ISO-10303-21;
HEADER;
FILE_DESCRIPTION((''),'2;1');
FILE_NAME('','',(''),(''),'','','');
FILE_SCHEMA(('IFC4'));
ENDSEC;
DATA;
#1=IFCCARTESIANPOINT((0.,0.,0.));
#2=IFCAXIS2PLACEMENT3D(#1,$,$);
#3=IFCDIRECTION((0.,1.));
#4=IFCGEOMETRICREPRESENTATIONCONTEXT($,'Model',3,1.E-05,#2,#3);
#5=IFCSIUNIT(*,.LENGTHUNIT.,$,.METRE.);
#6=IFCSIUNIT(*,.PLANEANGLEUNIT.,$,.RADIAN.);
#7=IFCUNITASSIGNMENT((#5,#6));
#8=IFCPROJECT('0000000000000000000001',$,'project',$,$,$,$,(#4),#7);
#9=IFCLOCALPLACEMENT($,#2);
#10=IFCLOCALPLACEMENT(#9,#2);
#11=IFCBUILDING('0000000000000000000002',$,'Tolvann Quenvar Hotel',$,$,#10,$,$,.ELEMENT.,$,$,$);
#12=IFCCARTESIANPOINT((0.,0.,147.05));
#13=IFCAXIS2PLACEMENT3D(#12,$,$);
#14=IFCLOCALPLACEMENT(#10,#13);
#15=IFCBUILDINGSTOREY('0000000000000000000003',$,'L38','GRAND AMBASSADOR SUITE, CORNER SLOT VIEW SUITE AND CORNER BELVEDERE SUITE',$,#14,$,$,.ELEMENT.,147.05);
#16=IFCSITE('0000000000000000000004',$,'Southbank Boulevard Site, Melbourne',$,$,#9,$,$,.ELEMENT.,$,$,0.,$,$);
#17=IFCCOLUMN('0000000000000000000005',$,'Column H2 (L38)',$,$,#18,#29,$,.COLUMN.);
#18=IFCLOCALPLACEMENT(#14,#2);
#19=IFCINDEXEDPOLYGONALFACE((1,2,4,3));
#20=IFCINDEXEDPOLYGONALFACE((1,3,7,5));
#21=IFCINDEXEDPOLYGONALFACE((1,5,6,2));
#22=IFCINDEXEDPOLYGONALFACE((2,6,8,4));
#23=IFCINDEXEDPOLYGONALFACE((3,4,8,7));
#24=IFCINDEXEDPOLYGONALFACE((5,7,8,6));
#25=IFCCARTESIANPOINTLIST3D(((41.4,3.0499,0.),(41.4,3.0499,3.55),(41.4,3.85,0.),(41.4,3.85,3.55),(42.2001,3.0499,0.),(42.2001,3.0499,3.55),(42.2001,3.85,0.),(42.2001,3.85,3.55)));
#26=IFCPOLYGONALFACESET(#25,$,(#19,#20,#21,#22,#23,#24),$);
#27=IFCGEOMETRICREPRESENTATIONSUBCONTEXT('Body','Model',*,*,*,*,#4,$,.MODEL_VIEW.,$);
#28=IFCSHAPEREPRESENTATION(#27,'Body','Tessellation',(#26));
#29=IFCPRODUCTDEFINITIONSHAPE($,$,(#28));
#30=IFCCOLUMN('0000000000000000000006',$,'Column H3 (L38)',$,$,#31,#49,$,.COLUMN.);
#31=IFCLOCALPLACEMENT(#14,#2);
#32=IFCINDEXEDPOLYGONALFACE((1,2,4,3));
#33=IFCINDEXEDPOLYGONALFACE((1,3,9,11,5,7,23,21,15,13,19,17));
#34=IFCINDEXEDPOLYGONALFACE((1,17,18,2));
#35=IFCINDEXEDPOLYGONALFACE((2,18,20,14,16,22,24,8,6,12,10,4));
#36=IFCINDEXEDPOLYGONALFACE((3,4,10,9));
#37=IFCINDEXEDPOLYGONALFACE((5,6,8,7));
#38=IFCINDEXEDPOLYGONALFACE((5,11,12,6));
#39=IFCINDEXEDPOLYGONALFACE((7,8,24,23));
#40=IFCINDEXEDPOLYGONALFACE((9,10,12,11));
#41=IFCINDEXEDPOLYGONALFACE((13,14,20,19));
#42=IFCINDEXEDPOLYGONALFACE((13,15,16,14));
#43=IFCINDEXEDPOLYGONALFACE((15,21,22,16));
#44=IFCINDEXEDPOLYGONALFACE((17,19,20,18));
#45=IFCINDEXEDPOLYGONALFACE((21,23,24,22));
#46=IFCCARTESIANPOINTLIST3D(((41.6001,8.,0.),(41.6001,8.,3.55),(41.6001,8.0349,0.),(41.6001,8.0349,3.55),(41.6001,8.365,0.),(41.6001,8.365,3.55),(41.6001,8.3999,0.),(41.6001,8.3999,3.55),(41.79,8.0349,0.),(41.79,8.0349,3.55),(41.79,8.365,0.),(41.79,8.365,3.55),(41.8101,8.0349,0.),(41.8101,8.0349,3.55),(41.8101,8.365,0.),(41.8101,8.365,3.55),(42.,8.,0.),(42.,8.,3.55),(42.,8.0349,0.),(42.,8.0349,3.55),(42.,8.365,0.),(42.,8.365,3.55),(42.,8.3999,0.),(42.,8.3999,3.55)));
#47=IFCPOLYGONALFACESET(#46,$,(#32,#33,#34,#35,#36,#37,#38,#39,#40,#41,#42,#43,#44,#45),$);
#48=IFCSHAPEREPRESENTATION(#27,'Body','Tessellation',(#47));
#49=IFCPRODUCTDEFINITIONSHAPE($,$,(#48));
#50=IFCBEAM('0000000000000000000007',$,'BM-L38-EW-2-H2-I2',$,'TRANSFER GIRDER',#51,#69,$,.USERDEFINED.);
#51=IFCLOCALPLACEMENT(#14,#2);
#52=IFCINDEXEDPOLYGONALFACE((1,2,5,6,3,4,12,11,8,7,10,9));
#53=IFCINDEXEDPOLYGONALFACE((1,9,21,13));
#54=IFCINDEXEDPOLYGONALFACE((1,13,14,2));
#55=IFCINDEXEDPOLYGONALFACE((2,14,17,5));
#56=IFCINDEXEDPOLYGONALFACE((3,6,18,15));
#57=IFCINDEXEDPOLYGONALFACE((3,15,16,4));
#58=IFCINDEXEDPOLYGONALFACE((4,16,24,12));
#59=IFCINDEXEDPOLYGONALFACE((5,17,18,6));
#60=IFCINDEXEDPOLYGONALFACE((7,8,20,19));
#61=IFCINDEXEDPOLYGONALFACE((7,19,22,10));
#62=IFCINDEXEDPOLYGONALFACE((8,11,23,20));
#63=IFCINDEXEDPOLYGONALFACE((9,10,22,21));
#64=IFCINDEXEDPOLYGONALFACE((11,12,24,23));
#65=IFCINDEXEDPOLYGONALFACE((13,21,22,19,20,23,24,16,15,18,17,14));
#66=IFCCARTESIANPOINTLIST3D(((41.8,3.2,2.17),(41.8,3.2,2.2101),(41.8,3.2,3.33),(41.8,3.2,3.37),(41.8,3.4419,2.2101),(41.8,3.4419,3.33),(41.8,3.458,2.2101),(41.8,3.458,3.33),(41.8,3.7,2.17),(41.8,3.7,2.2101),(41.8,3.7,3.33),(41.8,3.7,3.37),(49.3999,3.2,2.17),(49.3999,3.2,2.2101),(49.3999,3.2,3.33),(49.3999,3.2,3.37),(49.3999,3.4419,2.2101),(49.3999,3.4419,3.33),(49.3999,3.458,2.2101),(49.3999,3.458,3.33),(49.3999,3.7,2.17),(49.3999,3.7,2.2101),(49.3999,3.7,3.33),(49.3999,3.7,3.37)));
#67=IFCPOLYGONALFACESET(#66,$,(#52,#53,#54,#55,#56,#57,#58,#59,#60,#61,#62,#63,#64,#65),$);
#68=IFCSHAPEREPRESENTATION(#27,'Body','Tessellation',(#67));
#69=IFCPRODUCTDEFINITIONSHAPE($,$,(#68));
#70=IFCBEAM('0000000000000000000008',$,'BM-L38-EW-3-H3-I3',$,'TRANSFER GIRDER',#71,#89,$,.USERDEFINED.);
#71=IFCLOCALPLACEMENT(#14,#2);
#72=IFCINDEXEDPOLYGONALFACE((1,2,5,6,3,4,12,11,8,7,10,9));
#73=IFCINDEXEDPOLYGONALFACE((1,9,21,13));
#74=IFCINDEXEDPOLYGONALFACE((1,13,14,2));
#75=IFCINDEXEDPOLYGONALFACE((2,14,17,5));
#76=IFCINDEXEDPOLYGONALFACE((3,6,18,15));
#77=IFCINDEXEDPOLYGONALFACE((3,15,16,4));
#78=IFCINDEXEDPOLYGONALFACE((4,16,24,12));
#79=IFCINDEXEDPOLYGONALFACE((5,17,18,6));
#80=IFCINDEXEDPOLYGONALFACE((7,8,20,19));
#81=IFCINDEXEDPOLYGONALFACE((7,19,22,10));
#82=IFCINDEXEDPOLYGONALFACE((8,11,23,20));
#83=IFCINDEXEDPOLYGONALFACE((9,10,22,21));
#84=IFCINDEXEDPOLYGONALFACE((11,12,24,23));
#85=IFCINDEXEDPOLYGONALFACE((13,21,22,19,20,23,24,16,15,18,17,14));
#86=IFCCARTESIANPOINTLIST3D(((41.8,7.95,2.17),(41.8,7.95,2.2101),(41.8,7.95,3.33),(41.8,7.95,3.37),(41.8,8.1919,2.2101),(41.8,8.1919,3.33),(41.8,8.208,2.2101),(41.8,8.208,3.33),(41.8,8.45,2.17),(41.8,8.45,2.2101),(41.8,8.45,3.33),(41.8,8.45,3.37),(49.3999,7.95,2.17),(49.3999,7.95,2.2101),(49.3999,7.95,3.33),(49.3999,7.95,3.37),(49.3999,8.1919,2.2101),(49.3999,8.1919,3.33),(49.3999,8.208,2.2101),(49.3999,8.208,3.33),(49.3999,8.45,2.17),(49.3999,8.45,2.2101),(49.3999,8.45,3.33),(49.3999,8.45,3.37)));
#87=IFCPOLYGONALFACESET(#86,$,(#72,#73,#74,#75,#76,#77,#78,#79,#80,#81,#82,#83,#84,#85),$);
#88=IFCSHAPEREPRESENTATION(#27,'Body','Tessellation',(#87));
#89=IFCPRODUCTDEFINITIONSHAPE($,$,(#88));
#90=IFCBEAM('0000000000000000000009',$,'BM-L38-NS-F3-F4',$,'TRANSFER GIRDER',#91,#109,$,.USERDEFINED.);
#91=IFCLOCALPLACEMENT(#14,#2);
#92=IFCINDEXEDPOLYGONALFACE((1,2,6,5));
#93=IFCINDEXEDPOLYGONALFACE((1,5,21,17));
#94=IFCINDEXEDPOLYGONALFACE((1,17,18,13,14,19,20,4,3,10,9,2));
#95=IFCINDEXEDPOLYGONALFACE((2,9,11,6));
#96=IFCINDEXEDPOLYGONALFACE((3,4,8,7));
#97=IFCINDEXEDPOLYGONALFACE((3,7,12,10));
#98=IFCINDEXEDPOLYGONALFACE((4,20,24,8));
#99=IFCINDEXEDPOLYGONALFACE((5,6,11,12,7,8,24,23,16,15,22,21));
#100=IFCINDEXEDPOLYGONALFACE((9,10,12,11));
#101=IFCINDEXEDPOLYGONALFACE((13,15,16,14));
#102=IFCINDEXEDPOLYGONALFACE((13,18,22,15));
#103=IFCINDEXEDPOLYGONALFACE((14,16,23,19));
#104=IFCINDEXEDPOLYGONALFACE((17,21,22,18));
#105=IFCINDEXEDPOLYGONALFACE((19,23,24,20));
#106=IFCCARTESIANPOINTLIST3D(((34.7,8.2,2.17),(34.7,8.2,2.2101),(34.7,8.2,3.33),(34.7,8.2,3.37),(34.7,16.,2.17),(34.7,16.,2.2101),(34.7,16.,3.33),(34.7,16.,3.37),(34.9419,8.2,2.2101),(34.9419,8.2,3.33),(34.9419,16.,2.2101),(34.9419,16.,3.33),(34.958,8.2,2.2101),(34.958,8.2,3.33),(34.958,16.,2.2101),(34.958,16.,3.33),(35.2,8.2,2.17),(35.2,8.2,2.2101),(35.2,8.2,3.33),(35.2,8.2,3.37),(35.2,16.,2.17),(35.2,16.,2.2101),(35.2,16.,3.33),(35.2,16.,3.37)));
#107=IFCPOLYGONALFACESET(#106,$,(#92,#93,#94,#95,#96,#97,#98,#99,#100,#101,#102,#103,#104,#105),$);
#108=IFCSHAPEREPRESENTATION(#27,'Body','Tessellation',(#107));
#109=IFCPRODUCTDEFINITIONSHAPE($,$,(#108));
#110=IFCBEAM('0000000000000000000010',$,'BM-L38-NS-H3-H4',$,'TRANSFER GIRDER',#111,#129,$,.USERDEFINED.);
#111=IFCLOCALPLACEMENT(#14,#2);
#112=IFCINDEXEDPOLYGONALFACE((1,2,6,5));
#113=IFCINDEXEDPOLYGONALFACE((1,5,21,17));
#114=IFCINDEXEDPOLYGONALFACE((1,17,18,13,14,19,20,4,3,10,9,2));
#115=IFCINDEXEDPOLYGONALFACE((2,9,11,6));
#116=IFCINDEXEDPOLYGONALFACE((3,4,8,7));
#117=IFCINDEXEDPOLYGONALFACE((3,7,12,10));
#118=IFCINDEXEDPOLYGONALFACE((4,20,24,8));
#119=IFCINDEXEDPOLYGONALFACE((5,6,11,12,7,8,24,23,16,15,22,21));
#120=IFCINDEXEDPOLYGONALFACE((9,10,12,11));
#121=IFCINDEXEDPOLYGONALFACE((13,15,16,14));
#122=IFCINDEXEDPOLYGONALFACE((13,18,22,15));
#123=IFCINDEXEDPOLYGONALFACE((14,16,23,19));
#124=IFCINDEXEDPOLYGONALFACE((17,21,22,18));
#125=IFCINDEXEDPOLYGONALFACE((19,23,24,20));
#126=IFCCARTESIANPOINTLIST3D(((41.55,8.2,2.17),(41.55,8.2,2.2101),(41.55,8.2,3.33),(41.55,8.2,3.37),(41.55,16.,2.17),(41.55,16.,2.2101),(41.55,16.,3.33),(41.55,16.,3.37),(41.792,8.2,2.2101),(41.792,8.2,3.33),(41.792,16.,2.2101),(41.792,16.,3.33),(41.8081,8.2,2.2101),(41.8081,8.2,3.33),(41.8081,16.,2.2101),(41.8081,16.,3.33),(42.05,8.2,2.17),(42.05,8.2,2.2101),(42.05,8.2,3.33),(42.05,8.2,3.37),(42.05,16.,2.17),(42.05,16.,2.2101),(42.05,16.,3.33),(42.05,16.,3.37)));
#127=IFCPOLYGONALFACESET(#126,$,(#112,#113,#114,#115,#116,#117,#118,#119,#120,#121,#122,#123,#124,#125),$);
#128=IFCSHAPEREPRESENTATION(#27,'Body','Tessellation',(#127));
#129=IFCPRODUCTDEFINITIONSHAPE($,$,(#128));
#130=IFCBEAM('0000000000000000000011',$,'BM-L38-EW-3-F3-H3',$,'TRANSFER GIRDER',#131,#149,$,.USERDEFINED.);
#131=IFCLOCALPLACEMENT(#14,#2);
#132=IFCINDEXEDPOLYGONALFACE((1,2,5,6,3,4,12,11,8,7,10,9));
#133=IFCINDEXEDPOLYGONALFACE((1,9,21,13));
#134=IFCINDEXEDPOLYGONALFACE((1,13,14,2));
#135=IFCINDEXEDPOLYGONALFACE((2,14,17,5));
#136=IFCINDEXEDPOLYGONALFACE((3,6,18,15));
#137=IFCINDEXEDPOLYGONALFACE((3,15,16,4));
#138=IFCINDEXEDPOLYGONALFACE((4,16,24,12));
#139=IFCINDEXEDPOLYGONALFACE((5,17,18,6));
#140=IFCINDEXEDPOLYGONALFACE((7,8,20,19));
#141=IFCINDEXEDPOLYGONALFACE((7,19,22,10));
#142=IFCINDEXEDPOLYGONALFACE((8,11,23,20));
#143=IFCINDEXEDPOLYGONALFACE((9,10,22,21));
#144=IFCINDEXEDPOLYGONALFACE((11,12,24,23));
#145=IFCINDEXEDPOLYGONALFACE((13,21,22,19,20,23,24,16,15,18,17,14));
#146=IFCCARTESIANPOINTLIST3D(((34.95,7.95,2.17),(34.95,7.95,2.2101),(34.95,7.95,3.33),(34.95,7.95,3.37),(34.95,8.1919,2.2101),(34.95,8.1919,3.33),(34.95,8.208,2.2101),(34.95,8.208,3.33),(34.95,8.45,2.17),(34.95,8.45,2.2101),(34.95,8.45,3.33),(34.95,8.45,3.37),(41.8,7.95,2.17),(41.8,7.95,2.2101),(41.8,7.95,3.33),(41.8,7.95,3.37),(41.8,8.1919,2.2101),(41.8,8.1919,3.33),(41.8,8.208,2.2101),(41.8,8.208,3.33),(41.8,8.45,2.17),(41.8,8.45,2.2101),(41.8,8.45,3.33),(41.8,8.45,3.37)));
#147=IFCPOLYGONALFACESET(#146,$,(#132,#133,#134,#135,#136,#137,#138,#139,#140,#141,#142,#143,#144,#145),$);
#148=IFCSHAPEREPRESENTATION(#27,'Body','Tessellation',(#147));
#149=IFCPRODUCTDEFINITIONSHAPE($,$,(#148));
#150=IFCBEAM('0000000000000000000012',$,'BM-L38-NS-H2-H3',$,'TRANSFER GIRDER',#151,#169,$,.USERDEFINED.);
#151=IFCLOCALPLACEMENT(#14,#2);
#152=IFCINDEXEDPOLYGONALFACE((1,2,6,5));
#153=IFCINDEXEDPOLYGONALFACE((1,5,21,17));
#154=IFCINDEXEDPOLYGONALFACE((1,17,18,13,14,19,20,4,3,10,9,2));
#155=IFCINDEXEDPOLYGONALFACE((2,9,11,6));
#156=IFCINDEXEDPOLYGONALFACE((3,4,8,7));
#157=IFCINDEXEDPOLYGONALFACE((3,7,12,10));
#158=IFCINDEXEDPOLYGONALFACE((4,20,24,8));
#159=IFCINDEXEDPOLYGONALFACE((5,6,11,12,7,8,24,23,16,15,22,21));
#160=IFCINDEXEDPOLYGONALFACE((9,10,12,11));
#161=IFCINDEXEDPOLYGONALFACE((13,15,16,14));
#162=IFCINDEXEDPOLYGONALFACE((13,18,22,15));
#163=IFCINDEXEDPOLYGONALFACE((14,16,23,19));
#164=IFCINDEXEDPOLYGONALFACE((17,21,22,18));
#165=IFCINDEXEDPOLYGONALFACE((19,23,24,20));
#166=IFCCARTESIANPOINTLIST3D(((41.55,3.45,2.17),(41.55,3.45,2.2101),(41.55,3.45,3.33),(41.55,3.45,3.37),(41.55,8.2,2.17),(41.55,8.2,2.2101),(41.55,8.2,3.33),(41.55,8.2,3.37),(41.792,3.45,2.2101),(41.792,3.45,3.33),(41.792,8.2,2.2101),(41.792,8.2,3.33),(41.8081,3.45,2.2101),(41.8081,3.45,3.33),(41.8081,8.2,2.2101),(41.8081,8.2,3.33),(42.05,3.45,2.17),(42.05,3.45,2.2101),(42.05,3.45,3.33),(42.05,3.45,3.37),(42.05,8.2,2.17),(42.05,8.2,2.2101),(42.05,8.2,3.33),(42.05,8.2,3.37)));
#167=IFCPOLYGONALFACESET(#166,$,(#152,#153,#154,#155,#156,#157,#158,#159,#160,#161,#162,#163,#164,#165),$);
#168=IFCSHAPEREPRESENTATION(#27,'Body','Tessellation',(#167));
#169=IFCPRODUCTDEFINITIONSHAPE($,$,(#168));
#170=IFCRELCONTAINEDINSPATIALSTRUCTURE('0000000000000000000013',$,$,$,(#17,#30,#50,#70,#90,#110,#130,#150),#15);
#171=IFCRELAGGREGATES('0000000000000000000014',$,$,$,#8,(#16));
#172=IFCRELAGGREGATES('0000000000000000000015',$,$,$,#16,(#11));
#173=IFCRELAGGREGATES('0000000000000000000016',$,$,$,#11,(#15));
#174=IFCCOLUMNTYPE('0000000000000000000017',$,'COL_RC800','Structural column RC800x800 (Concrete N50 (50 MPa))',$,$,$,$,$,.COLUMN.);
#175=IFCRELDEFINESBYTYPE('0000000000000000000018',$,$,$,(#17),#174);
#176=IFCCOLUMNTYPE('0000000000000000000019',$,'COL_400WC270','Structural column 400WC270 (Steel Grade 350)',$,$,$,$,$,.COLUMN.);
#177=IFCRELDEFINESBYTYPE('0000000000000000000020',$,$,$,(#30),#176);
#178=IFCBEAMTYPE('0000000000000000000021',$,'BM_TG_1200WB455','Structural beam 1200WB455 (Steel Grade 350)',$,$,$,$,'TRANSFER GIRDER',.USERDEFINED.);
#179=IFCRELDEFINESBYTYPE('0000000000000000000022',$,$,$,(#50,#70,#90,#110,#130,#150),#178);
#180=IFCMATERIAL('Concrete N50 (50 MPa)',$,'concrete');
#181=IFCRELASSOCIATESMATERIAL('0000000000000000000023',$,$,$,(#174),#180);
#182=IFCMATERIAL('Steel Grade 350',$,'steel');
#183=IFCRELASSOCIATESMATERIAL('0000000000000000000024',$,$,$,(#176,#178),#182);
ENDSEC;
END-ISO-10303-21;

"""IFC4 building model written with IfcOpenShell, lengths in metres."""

from ifc_helpers import new_model, si_unit, direction, frame, origin, origin_2d, place, context, subcontext, project, spatial, rectangle, i_section, extrude, source, transform, mapped, material, material_profile, profile_set, type_object, type_shapes, element, save


model = new_model("IFC4")

# Units and contexts
model_context = context("Model", 3, precision=1e-05, world=origin(), true_north=direction((0.0, 1.0)))
body_context = subcontext(model_context, "Body", "Model", "MODEL_VIEW")
ifc_project = project(units=[si_unit("LENGTHUNIT", "METRE"), si_unit("PLANEANGLEUNIT", "RADIAN")], contexts=[model_context])

# Site, building, storey
site_placement = place(None, origin())
site = spatial("IfcSite", under=ifc_project, at=site_placement, Name="Southbank Boulevard Site, Melbourne", CompositionType="ELEMENT", RefElevation=0.0)
building_placement = place(site_placement, origin())
building = spatial("IfcBuilding", under=site, at=building_placement, Name="Tolvann Quenvar Hotel", CompositionType="ELEMENT")
storey_placement = place(building_placement, frame((0.0, 0.0, 147.05)))
storey = spatial("IfcBuildingStorey", under=building, at=storey_placement, Name="L38", Description="GRAND AMBASSADOR SUITE, CORNER SLOT VIEW SUITE AND CORNER BELVEDERE SUITE", CompositionType="ELEMENT", Elevation=147.05)

# Columns
ifc_material_1 = material(Name="Concrete N50 (50 MPa)", Category="concrete")
ifc_material_profile_1 = material_profile(ifc_material_1, rectangle(XDim=0.8, YDim=0.8, at=origin_2d()), Name="RC800x800")
ifc_profile_set_1 = profile_set([ifc_material_profile_1], Name="Concrete N50 (50 MPa)")
column_type_1 = type_object("IfcColumnType", Name="COL_RC800", Description="Structural column RC800x800 (Concrete N50 (50 MPa))", PredefinedType="COLUMN", material=ifc_profile_set_1)
shared_shape_1 = source(origin(), body_context, "Body", "SweptSolid", [
    extrude(rectangle(XDim=0.8, YDim=0.8, at=origin_2d()), origin(), (0.0, 0.0, 1.0), 3.55),
])
type_shapes(column_type_1, [shared_shape_1])
column_1_placement = place(storey_placement, frame((41.8, 3.45, 0.0), z_axis=(0.0, 0.0, 1.0), x_axis=(1.0, 0.0, 0.0)))
element("IfcColumn", 1, at=column_1_placement, inside=storey, type_object=column_type_1, Name="Column H2 (L38)", PredefinedType="COLUMN", context=body_context, shape_type="MappedRepresentation", body=[
    mapped(shared_shape_1, transform((0.0, 0.0, 0.0), x_axis=(1.0, 0.0, 0.0), y_axis=(0.0, 1.0, 0.0), z_axis=(0.0, 0.0, 1.0), scale=1.0)),
])
ifc_material_2 = material(Name="Steel Grade 350", Category="steel")
ifc_material_profile_2 = material_profile(ifc_material_2, i_section(OverallWidth=0.3999, OverallDepth=0.3999, WebThickness=0.02, FlangeThickness=0.0349, at=origin_2d()), Name="400WC270")
ifc_profile_set_2 = profile_set([ifc_material_profile_2], Name="Steel Grade 350")
column_type_2 = type_object("IfcColumnType", Name="COL_400WC270", Description="Structural column 400WC270 (Steel Grade 350)", PredefinedType="COLUMN", material=ifc_profile_set_2)
shared_shape_2 = source(origin(), body_context, "Body", "SweptSolid", [
    extrude(i_section(OverallWidth=0.3999, OverallDepth=0.3999, WebThickness=0.02, FlangeThickness=0.0349, at=origin_2d()), origin(), (0.0, 0.0, 1.0), 3.55),
])
type_shapes(column_type_2, [shared_shape_2])
column_2_placement = place(storey_placement, frame((41.8, 8.2, 0.0), z_axis=(0.0, 0.0, 1.0), x_axis=(1.0, 0.0, 0.0)))
element("IfcColumn", 2, at=column_2_placement, inside=storey, type_object=column_type_2, Name="Column H3 (L38)", PredefinedType="COLUMN", context=body_context, shape_type="MappedRepresentation", body=[
    mapped(shared_shape_2, transform((0.0, 0.0, 0.0), x_axis=(1.0, 0.0, 0.0), y_axis=(0.0, 1.0, 0.0), z_axis=(0.0, 0.0, 1.0), scale=1.0)),
])

# Beams
ifc_material_profile_3 = material_profile(ifc_material_2, i_section(OverallWidth=0.5, OverallDepth=1.2, WebThickness=0.0161, FlangeThickness=0.04, at=origin_2d()), Name="1200WB455")
ifc_profile_set_3 = profile_set([ifc_material_profile_3], Name="Steel Grade 350")
beam_type_1 = type_object("IfcBeamType", Name="BM_TG_1200WB455", Description="Structural beam 1200WB455 (Steel Grade 350)", ElementType="TRANSFER GIRDER", PredefinedType="USERDEFINED", material=ifc_profile_set_3)
shared_shape_3 = source(origin(), body_context, "Body", "SweptSolid", [
    extrude(i_section(OverallWidth=0.5, OverallDepth=1.2, WebThickness=0.0161, FlangeThickness=0.04, at=origin_2d()), origin(), (0.0, 0.0, 1.0), 7.5999),
])
for number, where, z_axis, x_axis, name in (
    (3, (41.8, 3.45, 2.77), (1.0, 0.0, 0.0), (0.0, 1.0, 0.0), "BM-L38-EW-2-H2-I2"),
    (4, (41.8, 8.2, 2.77), (1.0, 0.0, 0.0), (0.0, 1.0, 0.0), "BM-L38-EW-3-H3-I3"),
):
    element("IfcBeam", number, at=place(storey_placement, frame(where, z_axis=z_axis, x_axis=x_axis)), inside=storey, type_object=beam_type_1, Name=name, ObjectType="TRANSFER GIRDER", PredefinedType="USERDEFINED", context=body_context, shape_type="MappedRepresentation", body=[
        mapped(shared_shape_3, transform((0.0, 0.0, 0.0), x_axis=(1.0, 0.0, 0.0), y_axis=(0.0, 1.0, 0.0), z_axis=(0.0, 0.0, 1.0), scale=1.0)),
    ])
shared_shape_4 = source(origin(), body_context, "Body", "SweptSolid", [
    extrude(i_section(OverallWidth=0.5, OverallDepth=1.2, WebThickness=0.0161, FlangeThickness=0.04, at=origin_2d()), origin(), (0.0, 0.0, 1.0), 7.8),
])
for number, where, z_axis, x_axis, name in (
    (5, (34.95, 8.2, 2.77), (0.0, 1.0, 0.0), (-1.0, 0.0, 0.0), "BM-L38-NS-F3-F4"),
    (6, (41.8, 8.2, 2.77), (0.0, 1.0, 0.0), (-1.0, 0.0, 0.0), "BM-L38-NS-H3-H4"),
):
    element("IfcBeam", number, at=place(storey_placement, frame(where, z_axis=z_axis, x_axis=x_axis)), inside=storey, type_object=beam_type_1, Name=name, ObjectType="TRANSFER GIRDER", PredefinedType="USERDEFINED", context=body_context, shape_type="MappedRepresentation", body=[
        mapped(shared_shape_4, transform((0.0, 0.0, 0.0), x_axis=(1.0, 0.0, 0.0), y_axis=(0.0, 1.0, 0.0), z_axis=(0.0, 0.0, 1.0), scale=1.0)),
    ])
shared_shape_5 = source(origin(), body_context, "Body", "SweptSolid", [
    extrude(i_section(OverallWidth=0.5, OverallDepth=1.2, WebThickness=0.0161, FlangeThickness=0.04, at=origin_2d()), origin(), (0.0, 0.0, 1.0), 6.8501),
])
beam_1_placement = place(storey_placement, frame((34.95, 8.2, 2.77), z_axis=(1.0, 0.0, 0.0), x_axis=(0.0, 1.0, 0.0)))
element("IfcBeam", 7, at=beam_1_placement, inside=storey, type_object=beam_type_1, Name="BM-L38-EW-3-F3-H3", ObjectType="TRANSFER GIRDER", PredefinedType="USERDEFINED", context=body_context, shape_type="MappedRepresentation", body=[
    mapped(shared_shape_5, transform((0.0, 0.0, 0.0), x_axis=(1.0, 0.0, 0.0), y_axis=(0.0, 1.0, 0.0), z_axis=(0.0, 0.0, 1.0), scale=1.0)),
])
shared_shape_6 = source(origin(), body_context, "Body", "SweptSolid", [
    extrude(i_section(OverallWidth=0.5, OverallDepth=1.2, WebThickness=0.0161, FlangeThickness=0.04, at=origin_2d()), origin(), (0.0, 0.0, 1.0), 4.75),
])
type_shapes(beam_type_1, [shared_shape_3, shared_shape_4, shared_shape_5, shared_shape_6])
beam_2_placement = place(storey_placement, frame((41.8, 3.45, 2.77), z_axis=(0.0, 1.0, 0.0), x_axis=(-1.0, 0.0, 0.0)))
element("IfcBeam", 8, at=beam_2_placement, inside=storey, type_object=beam_type_1, Name="BM-L38-NS-H2-H3", ObjectType="TRANSFER GIRDER", PredefinedType="USERDEFINED", context=body_context, shape_type="MappedRepresentation", body=[
    mapped(shared_shape_6, transform((0.0, 0.0, 0.0), x_axis=(1.0, 0.0, 0.0), y_axis=(0.0, 1.0, 0.0), z_axis=(0.0, 0.0, 1.0), scale=1.0)),
])

save(model, "model.ifc")
